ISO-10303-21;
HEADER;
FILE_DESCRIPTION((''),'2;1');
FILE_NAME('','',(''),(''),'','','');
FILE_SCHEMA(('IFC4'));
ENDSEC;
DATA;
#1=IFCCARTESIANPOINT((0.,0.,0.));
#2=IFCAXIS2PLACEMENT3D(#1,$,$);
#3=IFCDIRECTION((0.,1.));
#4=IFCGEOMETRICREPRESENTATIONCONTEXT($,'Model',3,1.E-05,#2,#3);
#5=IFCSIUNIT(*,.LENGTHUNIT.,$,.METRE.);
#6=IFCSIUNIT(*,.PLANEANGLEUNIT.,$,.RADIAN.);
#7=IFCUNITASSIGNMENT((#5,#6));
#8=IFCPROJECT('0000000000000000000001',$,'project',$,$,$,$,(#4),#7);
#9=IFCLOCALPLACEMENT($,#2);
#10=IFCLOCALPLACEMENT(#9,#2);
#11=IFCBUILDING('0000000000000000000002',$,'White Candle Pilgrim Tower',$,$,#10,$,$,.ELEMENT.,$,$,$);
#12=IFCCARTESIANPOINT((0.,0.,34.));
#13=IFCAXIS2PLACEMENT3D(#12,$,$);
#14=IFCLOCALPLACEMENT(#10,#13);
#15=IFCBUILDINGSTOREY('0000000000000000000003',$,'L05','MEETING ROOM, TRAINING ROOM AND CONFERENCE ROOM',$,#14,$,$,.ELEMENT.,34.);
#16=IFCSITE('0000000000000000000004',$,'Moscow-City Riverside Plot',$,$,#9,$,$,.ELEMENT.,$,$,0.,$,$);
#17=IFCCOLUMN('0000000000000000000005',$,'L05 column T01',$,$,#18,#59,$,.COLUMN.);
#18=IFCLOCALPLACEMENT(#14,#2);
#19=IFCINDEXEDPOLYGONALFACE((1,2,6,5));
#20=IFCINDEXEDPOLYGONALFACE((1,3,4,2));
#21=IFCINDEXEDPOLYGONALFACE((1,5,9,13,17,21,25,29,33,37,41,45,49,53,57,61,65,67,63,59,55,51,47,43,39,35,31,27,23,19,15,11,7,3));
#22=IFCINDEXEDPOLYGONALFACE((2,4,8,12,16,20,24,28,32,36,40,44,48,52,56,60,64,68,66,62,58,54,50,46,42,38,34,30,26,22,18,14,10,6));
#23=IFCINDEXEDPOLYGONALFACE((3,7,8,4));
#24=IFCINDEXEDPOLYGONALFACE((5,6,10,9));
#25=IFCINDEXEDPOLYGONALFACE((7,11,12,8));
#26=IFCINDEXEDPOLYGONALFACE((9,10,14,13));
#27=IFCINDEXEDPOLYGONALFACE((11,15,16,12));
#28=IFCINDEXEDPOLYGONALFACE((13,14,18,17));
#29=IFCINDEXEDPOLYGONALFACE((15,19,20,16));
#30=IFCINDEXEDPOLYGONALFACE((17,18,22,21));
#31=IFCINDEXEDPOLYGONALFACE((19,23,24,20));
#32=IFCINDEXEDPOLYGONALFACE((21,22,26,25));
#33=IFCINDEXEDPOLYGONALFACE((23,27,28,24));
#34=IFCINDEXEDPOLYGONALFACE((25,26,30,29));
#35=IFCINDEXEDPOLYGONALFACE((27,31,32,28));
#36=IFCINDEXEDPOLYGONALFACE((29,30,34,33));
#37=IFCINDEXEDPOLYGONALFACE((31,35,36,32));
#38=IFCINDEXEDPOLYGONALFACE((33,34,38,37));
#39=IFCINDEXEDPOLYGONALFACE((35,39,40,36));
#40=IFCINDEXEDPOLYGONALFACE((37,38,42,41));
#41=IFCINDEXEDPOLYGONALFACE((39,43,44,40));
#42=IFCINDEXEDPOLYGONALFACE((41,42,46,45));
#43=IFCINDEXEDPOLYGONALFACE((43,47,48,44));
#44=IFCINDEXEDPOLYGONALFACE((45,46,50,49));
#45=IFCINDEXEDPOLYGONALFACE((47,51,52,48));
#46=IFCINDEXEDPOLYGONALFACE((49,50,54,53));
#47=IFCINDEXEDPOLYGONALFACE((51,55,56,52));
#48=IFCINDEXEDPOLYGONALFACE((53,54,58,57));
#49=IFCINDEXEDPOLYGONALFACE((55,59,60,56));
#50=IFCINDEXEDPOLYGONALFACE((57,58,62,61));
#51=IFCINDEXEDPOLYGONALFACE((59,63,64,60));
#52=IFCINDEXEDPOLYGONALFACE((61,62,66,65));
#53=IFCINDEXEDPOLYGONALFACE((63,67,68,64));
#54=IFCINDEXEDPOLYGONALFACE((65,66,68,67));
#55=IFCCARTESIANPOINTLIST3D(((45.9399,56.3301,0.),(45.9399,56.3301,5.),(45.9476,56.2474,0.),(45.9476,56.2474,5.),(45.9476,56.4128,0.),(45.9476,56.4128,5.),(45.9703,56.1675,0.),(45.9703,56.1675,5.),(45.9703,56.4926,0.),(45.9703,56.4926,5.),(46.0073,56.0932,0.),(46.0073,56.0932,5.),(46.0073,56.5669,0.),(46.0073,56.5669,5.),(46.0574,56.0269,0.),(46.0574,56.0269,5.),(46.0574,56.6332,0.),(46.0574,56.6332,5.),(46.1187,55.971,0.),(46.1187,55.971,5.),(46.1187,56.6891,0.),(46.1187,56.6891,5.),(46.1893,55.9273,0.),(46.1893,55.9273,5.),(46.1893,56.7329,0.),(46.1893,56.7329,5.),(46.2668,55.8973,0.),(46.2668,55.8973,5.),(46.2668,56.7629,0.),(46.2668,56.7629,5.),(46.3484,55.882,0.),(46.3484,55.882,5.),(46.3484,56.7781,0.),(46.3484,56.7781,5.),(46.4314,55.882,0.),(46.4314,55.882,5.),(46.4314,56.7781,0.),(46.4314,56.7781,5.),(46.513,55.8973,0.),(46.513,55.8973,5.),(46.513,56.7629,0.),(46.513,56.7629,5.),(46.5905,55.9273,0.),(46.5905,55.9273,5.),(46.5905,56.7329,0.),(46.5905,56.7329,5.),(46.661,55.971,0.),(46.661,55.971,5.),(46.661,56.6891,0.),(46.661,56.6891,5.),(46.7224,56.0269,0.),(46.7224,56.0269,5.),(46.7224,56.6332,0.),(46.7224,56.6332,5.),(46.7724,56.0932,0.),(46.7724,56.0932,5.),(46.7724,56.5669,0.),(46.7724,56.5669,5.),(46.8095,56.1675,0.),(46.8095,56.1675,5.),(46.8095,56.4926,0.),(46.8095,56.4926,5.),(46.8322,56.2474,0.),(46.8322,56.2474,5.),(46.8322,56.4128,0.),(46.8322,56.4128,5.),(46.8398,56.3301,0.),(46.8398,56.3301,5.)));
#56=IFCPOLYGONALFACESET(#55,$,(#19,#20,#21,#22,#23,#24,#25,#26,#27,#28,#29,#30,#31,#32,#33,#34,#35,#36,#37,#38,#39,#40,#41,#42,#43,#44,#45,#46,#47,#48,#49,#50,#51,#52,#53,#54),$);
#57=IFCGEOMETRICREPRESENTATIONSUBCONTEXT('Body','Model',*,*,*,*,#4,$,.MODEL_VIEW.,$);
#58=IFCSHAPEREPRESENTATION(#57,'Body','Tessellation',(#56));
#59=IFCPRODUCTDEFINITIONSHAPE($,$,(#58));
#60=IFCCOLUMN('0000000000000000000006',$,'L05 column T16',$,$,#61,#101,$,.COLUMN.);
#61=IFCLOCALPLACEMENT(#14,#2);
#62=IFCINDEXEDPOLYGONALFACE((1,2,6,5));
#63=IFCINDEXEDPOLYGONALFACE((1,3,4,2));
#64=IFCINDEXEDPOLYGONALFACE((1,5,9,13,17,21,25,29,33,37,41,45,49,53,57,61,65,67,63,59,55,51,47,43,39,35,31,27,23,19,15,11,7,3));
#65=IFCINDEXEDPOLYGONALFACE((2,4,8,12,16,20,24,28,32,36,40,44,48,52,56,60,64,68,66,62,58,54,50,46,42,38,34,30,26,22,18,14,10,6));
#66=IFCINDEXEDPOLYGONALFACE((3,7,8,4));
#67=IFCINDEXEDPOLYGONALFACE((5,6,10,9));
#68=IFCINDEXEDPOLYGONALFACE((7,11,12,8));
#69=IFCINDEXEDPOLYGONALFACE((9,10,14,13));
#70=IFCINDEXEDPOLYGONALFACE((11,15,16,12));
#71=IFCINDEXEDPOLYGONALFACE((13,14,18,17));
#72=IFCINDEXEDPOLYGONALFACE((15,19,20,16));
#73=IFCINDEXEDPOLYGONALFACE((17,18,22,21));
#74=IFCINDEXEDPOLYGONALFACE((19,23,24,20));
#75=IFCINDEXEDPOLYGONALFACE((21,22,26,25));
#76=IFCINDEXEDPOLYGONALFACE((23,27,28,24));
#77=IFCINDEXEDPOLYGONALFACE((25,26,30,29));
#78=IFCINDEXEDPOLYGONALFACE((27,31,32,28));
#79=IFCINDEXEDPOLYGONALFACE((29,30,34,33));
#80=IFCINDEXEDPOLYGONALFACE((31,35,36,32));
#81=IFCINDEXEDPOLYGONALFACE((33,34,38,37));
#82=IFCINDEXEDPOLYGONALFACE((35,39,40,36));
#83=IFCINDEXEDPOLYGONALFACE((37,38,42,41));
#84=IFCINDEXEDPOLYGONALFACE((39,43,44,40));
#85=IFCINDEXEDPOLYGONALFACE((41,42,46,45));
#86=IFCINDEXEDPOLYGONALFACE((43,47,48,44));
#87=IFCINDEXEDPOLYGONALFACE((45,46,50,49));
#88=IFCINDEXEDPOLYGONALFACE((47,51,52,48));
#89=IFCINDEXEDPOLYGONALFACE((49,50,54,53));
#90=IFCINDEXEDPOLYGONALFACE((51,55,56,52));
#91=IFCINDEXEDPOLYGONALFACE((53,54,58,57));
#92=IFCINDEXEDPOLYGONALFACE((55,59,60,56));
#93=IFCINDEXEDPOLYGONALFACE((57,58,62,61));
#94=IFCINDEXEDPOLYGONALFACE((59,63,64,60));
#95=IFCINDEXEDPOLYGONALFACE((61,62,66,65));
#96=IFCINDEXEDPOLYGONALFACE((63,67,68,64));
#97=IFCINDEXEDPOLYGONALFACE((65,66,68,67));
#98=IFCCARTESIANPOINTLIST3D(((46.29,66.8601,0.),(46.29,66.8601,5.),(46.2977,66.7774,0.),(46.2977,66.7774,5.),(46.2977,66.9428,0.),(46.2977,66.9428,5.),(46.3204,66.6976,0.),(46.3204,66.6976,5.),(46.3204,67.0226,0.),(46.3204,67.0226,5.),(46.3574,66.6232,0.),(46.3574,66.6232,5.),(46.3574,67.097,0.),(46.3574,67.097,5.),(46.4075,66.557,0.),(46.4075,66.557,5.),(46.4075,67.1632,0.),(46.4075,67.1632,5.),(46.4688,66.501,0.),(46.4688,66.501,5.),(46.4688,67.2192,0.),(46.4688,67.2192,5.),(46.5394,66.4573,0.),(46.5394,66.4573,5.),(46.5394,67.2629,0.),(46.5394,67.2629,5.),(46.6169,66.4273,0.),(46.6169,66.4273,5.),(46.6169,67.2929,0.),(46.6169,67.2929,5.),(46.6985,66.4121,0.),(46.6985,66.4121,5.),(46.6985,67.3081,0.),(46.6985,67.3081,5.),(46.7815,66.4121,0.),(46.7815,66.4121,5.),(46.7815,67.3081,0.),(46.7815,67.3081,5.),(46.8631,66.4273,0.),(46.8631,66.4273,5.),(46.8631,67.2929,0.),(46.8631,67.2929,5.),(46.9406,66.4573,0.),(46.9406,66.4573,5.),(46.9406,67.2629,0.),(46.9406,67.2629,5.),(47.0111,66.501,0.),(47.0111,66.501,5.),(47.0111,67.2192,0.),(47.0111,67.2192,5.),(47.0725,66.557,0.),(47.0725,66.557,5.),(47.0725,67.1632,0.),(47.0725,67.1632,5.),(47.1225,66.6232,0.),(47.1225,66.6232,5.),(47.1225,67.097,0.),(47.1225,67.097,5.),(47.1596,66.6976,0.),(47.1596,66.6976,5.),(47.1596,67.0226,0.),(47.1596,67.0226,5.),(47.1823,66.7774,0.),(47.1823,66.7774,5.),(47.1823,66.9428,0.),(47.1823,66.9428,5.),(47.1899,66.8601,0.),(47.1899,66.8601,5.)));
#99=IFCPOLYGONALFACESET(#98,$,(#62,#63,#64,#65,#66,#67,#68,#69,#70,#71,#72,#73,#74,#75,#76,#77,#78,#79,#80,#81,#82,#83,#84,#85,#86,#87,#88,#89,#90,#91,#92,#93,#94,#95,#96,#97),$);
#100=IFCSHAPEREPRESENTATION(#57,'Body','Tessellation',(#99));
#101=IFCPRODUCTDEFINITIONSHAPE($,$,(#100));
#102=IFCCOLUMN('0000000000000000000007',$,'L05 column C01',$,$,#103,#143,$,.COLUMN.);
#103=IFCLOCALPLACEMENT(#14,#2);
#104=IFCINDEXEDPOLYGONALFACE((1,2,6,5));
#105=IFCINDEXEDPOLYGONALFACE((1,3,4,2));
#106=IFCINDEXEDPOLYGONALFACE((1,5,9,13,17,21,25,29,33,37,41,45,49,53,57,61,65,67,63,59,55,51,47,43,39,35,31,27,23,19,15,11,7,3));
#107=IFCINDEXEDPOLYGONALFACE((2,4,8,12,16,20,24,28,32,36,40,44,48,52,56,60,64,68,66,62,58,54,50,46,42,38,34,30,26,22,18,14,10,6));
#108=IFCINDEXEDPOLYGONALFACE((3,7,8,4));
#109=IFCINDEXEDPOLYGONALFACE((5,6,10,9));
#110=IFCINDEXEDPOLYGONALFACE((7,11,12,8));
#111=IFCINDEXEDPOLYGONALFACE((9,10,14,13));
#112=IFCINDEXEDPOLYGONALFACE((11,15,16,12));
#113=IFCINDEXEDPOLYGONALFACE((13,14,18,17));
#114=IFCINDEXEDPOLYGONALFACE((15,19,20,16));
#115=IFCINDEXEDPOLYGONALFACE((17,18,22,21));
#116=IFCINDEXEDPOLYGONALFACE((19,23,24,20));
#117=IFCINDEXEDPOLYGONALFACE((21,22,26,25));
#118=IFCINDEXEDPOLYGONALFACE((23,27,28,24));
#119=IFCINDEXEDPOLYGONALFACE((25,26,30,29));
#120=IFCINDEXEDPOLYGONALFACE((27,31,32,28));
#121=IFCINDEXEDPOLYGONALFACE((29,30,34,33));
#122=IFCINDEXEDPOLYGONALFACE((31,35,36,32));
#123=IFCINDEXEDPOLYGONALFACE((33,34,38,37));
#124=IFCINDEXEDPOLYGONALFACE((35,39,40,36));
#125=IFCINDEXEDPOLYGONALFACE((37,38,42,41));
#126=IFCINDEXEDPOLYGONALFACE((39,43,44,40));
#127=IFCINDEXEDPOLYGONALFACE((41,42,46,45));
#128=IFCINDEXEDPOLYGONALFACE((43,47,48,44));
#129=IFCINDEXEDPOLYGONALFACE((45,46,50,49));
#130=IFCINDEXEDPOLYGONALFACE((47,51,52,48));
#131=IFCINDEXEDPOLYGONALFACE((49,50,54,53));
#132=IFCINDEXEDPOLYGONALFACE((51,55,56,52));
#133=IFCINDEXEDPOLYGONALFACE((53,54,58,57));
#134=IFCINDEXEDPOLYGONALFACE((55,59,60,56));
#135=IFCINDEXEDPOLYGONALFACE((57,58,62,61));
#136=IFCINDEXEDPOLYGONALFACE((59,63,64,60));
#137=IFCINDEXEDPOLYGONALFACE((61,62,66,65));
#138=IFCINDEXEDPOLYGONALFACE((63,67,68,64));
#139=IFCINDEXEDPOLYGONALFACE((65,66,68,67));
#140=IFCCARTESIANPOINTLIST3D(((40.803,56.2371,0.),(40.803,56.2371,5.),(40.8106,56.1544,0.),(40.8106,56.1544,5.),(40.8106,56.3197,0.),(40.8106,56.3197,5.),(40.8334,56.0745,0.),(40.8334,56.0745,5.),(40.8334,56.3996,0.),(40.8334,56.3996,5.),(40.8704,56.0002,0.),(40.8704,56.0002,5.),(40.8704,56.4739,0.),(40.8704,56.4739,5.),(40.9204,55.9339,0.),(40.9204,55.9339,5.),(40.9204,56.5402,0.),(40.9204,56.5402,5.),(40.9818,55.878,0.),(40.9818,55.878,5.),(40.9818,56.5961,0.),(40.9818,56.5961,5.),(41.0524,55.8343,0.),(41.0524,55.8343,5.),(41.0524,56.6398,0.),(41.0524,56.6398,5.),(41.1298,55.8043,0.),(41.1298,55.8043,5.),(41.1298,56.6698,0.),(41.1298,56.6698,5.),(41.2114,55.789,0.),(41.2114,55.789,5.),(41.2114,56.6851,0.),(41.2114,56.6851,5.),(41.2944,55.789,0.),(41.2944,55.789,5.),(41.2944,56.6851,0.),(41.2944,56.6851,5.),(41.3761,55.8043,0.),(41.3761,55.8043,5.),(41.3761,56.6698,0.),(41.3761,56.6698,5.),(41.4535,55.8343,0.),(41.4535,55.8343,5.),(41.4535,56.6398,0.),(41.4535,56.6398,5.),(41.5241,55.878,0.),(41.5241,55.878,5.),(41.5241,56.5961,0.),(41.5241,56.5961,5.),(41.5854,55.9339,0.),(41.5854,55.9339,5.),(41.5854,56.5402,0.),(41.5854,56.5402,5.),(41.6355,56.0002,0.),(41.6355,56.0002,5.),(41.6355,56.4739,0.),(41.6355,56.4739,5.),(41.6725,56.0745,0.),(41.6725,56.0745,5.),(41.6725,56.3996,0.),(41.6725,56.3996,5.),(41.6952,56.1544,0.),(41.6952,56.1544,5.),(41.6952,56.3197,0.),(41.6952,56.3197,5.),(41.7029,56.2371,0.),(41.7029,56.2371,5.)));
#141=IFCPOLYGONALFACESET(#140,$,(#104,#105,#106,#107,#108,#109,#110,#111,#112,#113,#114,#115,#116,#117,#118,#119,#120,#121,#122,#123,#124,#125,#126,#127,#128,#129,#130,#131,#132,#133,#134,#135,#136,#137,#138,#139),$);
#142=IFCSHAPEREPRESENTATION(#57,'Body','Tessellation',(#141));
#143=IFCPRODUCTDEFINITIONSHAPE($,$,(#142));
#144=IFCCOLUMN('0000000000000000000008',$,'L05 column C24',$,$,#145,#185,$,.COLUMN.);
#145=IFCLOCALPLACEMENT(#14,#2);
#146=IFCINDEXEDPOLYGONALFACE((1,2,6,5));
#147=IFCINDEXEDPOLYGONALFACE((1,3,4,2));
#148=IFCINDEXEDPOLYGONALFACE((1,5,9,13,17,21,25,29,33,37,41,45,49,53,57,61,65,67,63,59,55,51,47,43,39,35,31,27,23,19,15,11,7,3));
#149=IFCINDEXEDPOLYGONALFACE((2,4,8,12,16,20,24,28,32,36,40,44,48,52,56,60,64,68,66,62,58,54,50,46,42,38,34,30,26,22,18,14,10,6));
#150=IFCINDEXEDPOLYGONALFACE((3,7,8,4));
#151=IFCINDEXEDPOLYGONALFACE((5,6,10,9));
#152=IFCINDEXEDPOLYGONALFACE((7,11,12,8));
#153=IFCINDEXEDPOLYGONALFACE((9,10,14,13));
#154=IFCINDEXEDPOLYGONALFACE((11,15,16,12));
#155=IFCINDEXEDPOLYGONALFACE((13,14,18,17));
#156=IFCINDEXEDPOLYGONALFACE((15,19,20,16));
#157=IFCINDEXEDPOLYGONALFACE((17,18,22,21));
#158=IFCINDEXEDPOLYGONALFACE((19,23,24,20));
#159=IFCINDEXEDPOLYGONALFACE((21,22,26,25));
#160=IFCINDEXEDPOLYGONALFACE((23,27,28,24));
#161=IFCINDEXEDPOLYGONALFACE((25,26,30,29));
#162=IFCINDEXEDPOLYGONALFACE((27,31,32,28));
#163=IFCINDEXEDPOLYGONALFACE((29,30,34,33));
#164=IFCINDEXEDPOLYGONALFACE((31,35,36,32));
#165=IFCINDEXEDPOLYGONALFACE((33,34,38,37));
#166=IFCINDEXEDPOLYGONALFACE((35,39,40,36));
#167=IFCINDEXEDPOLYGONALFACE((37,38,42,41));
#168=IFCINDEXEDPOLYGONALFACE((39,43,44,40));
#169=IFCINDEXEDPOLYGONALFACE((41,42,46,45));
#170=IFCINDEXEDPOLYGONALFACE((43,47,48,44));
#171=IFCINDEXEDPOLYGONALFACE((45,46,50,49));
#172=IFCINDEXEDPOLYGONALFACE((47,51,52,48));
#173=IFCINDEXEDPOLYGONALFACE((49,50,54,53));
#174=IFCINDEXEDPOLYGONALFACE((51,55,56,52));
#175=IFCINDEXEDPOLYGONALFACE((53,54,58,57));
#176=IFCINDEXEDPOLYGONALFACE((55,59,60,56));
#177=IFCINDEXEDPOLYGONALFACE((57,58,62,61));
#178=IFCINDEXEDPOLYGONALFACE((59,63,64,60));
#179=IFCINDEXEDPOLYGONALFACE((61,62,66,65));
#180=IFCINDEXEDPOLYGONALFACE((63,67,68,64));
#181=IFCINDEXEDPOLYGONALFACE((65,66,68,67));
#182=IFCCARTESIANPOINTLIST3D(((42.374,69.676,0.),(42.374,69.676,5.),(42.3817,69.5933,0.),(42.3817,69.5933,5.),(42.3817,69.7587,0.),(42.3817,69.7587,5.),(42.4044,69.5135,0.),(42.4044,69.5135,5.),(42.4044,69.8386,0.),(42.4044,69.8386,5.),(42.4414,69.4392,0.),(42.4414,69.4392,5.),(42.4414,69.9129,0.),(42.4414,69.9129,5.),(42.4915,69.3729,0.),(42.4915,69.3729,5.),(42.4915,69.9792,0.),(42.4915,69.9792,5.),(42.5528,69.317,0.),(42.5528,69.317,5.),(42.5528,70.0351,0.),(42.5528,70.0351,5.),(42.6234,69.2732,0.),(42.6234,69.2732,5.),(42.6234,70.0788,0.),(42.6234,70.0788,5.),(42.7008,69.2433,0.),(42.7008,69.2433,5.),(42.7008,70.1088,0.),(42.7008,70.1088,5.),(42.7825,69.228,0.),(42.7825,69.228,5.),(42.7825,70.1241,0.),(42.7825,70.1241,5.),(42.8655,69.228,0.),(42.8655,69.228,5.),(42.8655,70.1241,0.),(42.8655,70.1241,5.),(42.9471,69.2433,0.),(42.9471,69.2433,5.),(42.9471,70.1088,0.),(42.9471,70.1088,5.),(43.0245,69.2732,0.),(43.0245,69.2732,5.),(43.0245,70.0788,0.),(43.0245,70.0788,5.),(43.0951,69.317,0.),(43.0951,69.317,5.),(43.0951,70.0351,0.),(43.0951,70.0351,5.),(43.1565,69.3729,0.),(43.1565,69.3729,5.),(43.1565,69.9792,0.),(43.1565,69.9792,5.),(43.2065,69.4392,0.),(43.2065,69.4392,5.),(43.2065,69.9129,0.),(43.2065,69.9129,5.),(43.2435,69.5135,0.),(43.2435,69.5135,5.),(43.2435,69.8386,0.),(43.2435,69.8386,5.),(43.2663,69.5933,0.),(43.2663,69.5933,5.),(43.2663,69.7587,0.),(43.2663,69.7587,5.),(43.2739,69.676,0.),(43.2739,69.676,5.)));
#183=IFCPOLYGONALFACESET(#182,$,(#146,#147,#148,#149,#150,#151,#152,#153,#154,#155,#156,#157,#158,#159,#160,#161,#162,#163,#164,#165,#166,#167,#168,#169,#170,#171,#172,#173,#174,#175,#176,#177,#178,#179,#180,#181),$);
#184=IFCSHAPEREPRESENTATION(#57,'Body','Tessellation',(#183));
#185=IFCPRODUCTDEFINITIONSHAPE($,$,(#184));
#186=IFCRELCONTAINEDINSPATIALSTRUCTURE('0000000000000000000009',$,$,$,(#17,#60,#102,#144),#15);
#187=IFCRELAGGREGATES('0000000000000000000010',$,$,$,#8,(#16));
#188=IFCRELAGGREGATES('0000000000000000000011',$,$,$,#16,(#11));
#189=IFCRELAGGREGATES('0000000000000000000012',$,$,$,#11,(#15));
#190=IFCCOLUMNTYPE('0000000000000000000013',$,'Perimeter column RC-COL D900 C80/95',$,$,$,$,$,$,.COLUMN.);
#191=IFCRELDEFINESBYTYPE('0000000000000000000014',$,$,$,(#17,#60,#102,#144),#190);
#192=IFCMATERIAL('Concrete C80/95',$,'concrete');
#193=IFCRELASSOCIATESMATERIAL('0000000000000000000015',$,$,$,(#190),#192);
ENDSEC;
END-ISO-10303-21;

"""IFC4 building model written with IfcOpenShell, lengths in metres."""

from ifc_helpers import new_model, si_unit, direction, frame, origin, origin_2d, place, context, subcontext, project, spatial, circle, extrude, material, material_profile, profile_set, type_object, element, save


model = new_model("IFC4")

# Units and contexts
model_context = context("Model", 3, precision=1e-05, world=origin(), true_north=direction((0.0, 1.0)))
body_context = subcontext(model_context, "Body", "Model", "MODEL_VIEW")
ifc_project = project(units=[si_unit("LENGTHUNIT", "METRE"), si_unit("PLANEANGLEUNIT", "RADIAN")], contexts=[model_context])

# Site, building, storey
site_placement = place(None, origin())
site = spatial("IfcSite", under=ifc_project, at=site_placement, Name="Moscow-City Riverside Plot", CompositionType="ELEMENT", RefElevation=0.0)
building_placement = place(site_placement, origin())
building = spatial("IfcBuilding", under=site, at=building_placement, Name="White Candle Pilgrim Tower", CompositionType="ELEMENT")
storey_placement = place(building_placement, frame((0.0, 0.0, 34.0)))
storey = spatial("IfcBuildingStorey", under=building, at=storey_placement, Name="L05", Description="MEETING ROOM, TRAINING ROOM AND CONFERENCE ROOM", CompositionType="ELEMENT", Elevation=34.0)

# Columns
ifc_material_1 = material(Name="Concrete C80/95", Category="concrete")
ifc_material_profile_1 = material_profile(ifc_material_1, circle(Radius=0.45, at=origin_2d()), Name="RC-COL D900")
ifc_profile_set_1 = profile_set([ifc_material_profile_1], Name="Concrete C80/95")
column_type_1 = type_object("IfcColumnType", Name="Perimeter column RC-COL D900 C80/95", PredefinedType="COLUMN", material=ifc_profile_set_1)
for number, where, z_axis, x_axis, name in (
    (1, (46.3899, 56.3301, 0.0), (0.0, 0.0, 1.0), (1.0, 0.0, 0.0), "L05 column T01"),
    (2, (46.74, 66.8601, 0.0), (0.0, 0.0, 1.0), (1.0, 0.0, 0.0), "L05 column T16"),
    (3, (41.2529, 56.2371, 0.0), (0.0, 0.0, 1.0), (1.0, 0.0, 0.0), "L05 column C01"),
    (4, (42.824, 69.676, 0.0), (0.0, 0.0, 1.0), (1.0, 0.0, 0.0), "L05 column C24"),
):
    element("IfcColumn", number, at=place(storey_placement, frame(where, z_axis=z_axis, x_axis=x_axis)), inside=storey, type_object=column_type_1, Name=name, PredefinedType="COLUMN", context=body_context, shape_type="SweptSolid", body=[
        extrude(circle(Radius=0.45, at=origin_2d()), origin(), (0.0, 0.0, 1.0), 5.0),
    ])

save(model, "model.ifc")
